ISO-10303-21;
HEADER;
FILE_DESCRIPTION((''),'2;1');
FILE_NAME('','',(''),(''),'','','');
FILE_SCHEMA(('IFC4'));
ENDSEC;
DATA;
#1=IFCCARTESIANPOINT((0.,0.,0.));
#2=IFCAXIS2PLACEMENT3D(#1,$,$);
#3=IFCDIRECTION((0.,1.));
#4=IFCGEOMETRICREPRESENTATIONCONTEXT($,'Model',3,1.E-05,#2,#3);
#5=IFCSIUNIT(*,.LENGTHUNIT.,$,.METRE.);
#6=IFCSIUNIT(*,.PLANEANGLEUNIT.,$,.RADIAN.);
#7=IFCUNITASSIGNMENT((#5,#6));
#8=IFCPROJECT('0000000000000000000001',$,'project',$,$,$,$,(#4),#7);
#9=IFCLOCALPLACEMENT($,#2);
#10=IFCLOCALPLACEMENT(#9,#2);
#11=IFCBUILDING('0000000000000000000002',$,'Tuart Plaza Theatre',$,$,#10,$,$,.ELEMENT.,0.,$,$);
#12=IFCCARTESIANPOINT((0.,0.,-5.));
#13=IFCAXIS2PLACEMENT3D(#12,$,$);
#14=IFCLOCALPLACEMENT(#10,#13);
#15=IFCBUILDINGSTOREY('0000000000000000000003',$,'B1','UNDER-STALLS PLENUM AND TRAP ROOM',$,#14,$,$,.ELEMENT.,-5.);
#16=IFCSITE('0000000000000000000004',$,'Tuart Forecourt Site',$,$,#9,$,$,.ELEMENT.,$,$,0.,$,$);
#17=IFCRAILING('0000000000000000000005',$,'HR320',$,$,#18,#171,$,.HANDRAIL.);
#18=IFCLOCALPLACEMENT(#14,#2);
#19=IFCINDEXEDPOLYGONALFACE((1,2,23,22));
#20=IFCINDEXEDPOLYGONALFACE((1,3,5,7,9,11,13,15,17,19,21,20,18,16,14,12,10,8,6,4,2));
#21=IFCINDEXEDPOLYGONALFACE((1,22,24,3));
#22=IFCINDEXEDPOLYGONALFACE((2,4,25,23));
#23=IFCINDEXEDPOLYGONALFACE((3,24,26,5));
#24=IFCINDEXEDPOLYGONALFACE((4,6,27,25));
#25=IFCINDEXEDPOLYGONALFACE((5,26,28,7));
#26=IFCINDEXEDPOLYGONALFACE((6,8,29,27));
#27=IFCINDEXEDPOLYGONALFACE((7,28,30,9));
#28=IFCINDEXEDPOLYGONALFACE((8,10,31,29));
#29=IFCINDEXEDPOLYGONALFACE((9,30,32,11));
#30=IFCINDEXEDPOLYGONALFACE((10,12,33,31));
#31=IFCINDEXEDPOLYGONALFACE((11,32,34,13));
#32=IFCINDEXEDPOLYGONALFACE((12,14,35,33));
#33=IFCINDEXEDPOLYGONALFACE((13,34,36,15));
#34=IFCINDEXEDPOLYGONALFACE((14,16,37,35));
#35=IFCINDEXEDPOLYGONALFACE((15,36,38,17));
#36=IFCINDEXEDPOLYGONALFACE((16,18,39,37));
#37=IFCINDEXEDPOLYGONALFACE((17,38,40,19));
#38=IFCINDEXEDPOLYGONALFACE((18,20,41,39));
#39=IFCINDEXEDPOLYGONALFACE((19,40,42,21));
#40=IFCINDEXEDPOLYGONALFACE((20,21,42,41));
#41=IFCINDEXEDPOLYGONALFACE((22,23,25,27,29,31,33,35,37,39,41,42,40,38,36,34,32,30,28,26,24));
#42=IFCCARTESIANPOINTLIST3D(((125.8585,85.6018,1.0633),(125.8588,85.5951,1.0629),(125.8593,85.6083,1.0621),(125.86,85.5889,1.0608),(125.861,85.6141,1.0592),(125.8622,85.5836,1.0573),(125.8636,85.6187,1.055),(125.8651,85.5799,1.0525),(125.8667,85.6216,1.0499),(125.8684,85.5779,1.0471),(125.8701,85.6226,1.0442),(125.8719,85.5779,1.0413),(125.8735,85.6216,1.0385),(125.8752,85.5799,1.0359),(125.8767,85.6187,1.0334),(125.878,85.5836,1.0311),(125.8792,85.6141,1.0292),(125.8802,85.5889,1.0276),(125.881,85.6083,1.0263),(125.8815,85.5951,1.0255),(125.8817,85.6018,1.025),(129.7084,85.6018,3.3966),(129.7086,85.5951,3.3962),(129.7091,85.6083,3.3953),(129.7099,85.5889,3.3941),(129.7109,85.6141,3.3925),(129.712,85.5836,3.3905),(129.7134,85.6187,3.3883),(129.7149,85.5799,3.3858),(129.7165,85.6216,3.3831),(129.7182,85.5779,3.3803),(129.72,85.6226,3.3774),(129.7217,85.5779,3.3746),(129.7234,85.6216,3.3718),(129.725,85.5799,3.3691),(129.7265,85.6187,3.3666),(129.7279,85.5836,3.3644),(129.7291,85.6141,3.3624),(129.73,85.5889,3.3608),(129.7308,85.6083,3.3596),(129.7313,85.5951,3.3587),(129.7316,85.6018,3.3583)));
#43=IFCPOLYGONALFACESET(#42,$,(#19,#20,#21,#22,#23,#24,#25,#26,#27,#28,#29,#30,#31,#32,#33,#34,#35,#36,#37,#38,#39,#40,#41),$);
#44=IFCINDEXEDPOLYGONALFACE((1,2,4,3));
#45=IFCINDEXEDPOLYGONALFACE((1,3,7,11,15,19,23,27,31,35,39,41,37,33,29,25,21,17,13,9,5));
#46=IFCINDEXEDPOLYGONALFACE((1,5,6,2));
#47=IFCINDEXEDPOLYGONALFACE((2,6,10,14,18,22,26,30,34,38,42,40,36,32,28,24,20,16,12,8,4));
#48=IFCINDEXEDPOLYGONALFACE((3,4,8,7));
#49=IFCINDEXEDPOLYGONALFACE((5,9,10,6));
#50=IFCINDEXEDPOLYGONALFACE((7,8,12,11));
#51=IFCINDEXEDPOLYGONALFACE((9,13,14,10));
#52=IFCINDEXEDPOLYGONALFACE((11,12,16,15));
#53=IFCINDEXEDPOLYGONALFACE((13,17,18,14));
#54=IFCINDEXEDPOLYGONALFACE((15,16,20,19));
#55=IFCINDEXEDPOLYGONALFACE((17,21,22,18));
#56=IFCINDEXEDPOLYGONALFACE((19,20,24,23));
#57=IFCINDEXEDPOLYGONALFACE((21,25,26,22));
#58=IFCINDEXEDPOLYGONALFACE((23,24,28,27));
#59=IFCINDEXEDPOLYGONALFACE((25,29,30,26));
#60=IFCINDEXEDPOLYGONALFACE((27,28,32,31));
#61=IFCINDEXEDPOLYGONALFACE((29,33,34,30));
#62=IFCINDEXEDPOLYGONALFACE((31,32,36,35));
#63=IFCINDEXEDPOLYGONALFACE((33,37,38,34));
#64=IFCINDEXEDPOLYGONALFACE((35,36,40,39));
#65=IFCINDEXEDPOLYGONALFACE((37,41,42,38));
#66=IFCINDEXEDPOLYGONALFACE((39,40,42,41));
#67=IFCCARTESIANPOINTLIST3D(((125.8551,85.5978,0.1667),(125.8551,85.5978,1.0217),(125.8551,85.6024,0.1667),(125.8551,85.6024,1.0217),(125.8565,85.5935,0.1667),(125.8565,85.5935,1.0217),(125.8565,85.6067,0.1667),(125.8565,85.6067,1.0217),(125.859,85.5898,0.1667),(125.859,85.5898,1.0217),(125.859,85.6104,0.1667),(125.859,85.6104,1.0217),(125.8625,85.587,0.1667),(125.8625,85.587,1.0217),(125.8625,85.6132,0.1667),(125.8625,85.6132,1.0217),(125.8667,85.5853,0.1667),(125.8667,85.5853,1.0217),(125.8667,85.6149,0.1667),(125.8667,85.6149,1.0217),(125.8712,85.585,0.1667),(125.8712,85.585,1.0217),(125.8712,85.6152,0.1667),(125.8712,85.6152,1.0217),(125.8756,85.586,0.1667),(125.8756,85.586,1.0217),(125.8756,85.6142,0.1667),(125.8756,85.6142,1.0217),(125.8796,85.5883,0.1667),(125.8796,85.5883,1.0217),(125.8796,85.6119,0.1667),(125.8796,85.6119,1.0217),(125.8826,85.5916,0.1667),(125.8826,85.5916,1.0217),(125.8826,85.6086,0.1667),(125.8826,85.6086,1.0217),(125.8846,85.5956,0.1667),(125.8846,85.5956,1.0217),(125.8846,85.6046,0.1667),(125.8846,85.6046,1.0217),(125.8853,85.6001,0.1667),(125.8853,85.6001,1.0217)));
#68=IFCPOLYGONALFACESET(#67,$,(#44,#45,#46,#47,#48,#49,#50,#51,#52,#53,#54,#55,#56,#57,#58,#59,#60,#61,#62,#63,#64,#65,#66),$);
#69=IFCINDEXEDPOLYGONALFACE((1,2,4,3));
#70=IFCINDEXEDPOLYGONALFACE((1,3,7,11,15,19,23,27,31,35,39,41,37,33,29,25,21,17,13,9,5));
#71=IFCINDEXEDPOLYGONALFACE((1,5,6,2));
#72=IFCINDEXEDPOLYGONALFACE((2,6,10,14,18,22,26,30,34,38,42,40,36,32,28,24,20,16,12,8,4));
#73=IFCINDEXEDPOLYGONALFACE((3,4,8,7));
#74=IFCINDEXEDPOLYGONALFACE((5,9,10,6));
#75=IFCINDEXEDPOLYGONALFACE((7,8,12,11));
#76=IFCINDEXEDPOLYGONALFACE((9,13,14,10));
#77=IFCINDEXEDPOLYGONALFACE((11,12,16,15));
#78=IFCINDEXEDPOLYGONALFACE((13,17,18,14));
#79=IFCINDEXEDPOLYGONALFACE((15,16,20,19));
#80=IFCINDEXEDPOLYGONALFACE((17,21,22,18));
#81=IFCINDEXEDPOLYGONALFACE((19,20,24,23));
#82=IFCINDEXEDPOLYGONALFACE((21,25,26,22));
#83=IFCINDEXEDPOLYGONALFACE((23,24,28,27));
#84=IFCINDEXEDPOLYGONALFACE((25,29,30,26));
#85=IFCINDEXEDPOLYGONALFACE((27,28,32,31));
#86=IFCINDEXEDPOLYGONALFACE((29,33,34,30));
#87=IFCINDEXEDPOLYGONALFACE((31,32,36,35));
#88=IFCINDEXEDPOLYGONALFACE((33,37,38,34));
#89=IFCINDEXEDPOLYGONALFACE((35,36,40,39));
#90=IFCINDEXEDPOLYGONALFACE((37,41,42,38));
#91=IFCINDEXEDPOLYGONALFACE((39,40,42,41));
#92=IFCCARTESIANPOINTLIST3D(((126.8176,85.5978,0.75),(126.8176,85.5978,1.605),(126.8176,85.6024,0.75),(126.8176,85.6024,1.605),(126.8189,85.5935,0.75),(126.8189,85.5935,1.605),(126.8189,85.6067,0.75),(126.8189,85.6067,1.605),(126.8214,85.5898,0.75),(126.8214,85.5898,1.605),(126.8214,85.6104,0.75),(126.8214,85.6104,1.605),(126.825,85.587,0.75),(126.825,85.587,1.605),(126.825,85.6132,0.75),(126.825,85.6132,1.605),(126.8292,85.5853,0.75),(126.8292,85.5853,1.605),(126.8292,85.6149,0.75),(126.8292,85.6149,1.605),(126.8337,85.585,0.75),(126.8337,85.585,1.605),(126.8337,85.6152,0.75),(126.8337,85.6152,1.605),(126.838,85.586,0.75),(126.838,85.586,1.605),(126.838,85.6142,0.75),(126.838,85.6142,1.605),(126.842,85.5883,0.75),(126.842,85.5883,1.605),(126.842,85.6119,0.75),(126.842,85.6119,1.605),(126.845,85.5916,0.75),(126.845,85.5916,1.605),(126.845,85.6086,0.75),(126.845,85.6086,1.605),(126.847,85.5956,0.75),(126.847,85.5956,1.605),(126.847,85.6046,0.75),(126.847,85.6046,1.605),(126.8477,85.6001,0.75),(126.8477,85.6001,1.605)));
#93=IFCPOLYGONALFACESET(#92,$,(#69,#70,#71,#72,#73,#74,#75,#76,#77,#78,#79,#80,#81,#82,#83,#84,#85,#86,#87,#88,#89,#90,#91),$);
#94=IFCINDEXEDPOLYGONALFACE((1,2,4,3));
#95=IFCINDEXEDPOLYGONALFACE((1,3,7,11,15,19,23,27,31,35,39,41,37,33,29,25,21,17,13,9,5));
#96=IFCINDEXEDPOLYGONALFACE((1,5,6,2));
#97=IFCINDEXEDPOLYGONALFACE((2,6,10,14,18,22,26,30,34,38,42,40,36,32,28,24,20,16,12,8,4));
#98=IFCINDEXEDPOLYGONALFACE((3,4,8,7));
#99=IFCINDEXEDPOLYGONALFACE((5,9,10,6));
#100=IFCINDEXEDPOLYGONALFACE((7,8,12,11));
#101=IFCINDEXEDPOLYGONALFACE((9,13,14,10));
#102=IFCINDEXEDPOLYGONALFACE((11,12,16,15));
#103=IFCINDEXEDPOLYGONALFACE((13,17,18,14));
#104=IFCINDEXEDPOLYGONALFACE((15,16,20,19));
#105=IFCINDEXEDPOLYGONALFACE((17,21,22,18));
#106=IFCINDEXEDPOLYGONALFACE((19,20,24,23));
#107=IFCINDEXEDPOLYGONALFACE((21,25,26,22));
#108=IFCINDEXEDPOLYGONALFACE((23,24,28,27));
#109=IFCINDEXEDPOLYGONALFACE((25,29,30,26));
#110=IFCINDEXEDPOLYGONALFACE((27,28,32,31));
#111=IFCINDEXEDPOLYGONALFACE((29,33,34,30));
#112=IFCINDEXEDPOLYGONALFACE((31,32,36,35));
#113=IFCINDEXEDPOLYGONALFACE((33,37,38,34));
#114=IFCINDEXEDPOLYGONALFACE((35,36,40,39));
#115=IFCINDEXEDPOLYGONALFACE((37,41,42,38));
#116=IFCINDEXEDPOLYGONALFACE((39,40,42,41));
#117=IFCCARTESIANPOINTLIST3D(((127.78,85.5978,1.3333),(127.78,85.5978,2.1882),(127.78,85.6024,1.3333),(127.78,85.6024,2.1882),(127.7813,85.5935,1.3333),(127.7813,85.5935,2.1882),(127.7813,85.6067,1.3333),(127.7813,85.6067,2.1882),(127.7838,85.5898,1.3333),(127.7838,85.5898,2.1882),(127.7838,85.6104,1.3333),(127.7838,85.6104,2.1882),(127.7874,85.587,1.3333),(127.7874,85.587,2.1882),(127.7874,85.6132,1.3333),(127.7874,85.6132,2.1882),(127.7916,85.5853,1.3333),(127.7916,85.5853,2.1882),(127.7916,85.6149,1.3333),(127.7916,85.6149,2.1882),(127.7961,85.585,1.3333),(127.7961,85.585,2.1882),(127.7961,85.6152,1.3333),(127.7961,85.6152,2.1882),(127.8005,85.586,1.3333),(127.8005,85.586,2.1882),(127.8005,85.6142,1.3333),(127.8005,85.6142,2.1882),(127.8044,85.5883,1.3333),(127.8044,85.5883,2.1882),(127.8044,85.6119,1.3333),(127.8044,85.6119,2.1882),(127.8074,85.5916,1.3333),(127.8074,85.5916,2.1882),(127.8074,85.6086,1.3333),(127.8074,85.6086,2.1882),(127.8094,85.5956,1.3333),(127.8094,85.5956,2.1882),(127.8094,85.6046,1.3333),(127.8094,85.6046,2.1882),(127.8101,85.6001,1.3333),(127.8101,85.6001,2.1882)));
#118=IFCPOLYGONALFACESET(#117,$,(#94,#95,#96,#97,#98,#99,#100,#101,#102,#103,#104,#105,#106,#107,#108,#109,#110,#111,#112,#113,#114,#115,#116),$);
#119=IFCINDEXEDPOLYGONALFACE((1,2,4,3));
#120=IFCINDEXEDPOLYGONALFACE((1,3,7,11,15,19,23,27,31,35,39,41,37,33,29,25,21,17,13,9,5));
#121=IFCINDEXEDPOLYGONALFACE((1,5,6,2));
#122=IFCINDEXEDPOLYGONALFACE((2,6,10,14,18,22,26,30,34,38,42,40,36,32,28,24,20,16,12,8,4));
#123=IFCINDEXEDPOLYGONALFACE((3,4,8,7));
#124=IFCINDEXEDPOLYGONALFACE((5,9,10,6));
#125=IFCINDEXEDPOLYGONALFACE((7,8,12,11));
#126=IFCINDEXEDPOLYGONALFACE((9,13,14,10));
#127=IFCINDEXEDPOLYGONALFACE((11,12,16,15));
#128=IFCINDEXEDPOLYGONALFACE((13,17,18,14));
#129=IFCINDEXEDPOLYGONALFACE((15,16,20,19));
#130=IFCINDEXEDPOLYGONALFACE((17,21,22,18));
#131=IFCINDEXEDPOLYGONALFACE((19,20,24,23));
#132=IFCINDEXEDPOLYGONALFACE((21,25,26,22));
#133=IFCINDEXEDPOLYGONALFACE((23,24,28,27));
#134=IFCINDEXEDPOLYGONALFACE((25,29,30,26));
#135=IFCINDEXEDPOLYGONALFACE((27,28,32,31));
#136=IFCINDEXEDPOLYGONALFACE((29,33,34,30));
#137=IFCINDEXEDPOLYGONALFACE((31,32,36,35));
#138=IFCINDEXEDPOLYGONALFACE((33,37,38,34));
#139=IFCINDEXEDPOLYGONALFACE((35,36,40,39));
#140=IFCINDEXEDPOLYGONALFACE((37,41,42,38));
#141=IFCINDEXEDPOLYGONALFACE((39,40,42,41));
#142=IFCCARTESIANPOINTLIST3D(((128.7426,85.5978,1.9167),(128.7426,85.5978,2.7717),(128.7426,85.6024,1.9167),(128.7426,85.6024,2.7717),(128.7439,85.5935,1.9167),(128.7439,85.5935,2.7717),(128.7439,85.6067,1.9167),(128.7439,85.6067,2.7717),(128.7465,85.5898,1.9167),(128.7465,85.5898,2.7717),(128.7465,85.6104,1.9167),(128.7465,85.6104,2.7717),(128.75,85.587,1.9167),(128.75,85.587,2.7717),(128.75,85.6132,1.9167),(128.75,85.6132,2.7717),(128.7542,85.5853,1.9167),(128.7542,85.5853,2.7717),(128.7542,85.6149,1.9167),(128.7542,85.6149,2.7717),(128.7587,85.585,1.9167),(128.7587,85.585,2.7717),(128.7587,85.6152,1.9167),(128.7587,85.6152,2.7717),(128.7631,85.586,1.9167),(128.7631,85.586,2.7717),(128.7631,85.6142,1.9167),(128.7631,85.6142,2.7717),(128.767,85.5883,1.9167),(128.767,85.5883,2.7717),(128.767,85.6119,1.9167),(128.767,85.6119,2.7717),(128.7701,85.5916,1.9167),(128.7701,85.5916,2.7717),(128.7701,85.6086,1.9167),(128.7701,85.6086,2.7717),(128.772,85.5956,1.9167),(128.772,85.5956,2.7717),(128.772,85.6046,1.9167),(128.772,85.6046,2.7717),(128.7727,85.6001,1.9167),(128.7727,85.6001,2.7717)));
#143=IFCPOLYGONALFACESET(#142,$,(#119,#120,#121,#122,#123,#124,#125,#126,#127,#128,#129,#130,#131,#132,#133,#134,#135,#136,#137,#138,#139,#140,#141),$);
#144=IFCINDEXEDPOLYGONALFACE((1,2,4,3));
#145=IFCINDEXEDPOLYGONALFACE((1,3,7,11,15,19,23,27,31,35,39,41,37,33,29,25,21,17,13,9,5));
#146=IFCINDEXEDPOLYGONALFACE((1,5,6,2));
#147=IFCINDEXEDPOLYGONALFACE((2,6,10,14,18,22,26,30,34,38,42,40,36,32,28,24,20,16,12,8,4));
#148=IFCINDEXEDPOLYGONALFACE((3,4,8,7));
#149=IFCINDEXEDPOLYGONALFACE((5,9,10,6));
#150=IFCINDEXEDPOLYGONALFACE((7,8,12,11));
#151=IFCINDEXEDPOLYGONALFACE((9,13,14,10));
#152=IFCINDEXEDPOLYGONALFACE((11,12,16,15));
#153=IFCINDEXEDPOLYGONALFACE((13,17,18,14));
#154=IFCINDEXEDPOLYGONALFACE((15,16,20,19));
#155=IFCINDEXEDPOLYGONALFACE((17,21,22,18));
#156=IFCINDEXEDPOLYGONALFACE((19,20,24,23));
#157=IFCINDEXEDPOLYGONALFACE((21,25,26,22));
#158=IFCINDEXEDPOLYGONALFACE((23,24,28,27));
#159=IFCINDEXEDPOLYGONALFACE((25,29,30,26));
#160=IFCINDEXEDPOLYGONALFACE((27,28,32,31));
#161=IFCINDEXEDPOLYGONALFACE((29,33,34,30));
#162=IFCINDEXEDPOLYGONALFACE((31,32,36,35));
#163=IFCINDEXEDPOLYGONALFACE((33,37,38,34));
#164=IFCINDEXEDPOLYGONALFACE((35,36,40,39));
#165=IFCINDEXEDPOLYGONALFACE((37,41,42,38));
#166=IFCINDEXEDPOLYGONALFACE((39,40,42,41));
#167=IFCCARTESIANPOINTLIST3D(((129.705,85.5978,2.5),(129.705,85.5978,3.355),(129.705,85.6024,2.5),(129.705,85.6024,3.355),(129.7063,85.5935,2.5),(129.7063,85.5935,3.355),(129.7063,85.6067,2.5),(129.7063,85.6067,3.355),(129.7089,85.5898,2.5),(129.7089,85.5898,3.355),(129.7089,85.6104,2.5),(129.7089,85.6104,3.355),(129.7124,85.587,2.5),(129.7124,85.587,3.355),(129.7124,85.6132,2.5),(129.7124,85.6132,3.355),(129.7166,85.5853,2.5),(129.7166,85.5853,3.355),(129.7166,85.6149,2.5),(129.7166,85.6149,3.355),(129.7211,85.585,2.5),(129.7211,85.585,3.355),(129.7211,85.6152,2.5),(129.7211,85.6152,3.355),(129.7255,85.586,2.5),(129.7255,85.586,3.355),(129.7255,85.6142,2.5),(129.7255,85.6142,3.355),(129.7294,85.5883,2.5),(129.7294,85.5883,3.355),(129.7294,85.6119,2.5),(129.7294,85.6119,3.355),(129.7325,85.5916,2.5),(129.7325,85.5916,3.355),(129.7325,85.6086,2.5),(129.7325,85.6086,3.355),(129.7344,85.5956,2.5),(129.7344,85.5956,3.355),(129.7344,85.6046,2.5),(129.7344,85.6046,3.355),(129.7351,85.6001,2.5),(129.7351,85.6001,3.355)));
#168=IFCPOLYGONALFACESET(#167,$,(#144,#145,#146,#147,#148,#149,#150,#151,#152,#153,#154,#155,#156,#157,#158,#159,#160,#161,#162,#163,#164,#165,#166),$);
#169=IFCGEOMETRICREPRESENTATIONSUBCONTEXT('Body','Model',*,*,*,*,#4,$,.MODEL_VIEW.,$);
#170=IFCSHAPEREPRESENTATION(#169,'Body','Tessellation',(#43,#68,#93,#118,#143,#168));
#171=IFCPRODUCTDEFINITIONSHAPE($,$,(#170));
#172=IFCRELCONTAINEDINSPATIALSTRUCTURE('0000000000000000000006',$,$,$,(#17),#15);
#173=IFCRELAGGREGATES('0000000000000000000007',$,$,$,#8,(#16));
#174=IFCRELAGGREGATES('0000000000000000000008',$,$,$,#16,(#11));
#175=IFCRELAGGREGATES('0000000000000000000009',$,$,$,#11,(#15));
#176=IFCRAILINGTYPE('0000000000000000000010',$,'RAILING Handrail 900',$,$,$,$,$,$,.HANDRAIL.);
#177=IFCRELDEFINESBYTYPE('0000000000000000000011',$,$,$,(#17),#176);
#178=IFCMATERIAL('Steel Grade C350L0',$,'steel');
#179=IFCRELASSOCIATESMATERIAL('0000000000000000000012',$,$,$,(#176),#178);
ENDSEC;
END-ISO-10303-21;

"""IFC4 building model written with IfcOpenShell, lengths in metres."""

from ifc_helpers import new_model, si_unit, direction, frame, origin, origin_2d, place, context, subcontext, project, spatial, circle, extrude, material, type_object, element, save


model = new_model("IFC4")

# Units and contexts
model_context = context("Model", 3, precision=1e-05, world=origin(), true_north=direction((0.0, 1.0)))
body_context = subcontext(model_context, "Body", "Model", "MODEL_VIEW")
ifc_project = project(units=[si_unit("LENGTHUNIT", "METRE"), si_unit("PLANEANGLEUNIT", "RADIAN")], contexts=[model_context])

# Site, building, storey
site_placement = place(None, origin())
site = spatial("IfcSite", under=ifc_project, at=site_placement, Name="Tuart Forecourt Site", CompositionType="ELEMENT", RefElevation=0.0)
building_placement = place(site_placement, origin())
building = spatial("IfcBuilding", under=site, at=building_placement, Name="Tuart Plaza Theatre", CompositionType="ELEMENT", ElevationOfRefHeight=0.0)
storey_placement = place(building_placement, frame((0.0, 0.0, -5.0)))
storey = spatial("IfcBuildingStorey", under=building, at=storey_placement, Name="B1", Description="UNDER-STALLS PLENUM AND TRAP ROOM", CompositionType="ELEMENT", Elevation=-5.0)

# Railing
ifc_material_1 = material(Name="Steel Grade C350L0", Category="steel")
railing_type_1 = type_object("IfcRailingType", Name="RAILING Handrail 900", PredefinedType="HANDRAIL", material=ifc_material_1)
for number, where, name in (
    (1, (125.8701, 85.6001, 0.1667), "HR320"),
):
    element("IfcRailing", number, at=place(storey_placement, frame(where)), inside=storey, type_object=railing_type_1, Name=name, PredefinedType="HANDRAIL", context=body_context, shape_type="SweptSolid", body=[
        extrude(circle(Radius=0.0225, at=origin_2d()), frame((0.0, 0.0, 0.8774), z_axis=(0.855197, 0.0, 0.518303), x_axis=(0.0, 1.0, 0.0)), (0.0, 0.0, 1.0), 4.5017),
        extrude(circle(Radius=0.0151, at=origin_2d()), origin(), (0.0, 0.0, 1.0), 0.855),
        extrude(circle(Radius=0.0151, at=origin_2d()), frame((0.9624, 0.0, 0.5833)), (0.0, 0.0, 1.0), 0.855),
        extrude(circle(Radius=0.0151, at=origin_2d()), frame((1.9248, 0.0, 1.1665)), (0.0, 0.0, 1.0), 0.855),
        extrude(circle(Radius=0.0151, at=origin_2d()), frame((2.8875, 0.0, 1.75)), (0.0, 0.0, 1.0), 0.855),
        extrude(circle(Radius=0.0151, at=origin_2d()), frame((3.8499, 0.0, 2.3333)), (0.0, 0.0, 1.0), 0.855),
    ])

save(model, "model.ifc")
